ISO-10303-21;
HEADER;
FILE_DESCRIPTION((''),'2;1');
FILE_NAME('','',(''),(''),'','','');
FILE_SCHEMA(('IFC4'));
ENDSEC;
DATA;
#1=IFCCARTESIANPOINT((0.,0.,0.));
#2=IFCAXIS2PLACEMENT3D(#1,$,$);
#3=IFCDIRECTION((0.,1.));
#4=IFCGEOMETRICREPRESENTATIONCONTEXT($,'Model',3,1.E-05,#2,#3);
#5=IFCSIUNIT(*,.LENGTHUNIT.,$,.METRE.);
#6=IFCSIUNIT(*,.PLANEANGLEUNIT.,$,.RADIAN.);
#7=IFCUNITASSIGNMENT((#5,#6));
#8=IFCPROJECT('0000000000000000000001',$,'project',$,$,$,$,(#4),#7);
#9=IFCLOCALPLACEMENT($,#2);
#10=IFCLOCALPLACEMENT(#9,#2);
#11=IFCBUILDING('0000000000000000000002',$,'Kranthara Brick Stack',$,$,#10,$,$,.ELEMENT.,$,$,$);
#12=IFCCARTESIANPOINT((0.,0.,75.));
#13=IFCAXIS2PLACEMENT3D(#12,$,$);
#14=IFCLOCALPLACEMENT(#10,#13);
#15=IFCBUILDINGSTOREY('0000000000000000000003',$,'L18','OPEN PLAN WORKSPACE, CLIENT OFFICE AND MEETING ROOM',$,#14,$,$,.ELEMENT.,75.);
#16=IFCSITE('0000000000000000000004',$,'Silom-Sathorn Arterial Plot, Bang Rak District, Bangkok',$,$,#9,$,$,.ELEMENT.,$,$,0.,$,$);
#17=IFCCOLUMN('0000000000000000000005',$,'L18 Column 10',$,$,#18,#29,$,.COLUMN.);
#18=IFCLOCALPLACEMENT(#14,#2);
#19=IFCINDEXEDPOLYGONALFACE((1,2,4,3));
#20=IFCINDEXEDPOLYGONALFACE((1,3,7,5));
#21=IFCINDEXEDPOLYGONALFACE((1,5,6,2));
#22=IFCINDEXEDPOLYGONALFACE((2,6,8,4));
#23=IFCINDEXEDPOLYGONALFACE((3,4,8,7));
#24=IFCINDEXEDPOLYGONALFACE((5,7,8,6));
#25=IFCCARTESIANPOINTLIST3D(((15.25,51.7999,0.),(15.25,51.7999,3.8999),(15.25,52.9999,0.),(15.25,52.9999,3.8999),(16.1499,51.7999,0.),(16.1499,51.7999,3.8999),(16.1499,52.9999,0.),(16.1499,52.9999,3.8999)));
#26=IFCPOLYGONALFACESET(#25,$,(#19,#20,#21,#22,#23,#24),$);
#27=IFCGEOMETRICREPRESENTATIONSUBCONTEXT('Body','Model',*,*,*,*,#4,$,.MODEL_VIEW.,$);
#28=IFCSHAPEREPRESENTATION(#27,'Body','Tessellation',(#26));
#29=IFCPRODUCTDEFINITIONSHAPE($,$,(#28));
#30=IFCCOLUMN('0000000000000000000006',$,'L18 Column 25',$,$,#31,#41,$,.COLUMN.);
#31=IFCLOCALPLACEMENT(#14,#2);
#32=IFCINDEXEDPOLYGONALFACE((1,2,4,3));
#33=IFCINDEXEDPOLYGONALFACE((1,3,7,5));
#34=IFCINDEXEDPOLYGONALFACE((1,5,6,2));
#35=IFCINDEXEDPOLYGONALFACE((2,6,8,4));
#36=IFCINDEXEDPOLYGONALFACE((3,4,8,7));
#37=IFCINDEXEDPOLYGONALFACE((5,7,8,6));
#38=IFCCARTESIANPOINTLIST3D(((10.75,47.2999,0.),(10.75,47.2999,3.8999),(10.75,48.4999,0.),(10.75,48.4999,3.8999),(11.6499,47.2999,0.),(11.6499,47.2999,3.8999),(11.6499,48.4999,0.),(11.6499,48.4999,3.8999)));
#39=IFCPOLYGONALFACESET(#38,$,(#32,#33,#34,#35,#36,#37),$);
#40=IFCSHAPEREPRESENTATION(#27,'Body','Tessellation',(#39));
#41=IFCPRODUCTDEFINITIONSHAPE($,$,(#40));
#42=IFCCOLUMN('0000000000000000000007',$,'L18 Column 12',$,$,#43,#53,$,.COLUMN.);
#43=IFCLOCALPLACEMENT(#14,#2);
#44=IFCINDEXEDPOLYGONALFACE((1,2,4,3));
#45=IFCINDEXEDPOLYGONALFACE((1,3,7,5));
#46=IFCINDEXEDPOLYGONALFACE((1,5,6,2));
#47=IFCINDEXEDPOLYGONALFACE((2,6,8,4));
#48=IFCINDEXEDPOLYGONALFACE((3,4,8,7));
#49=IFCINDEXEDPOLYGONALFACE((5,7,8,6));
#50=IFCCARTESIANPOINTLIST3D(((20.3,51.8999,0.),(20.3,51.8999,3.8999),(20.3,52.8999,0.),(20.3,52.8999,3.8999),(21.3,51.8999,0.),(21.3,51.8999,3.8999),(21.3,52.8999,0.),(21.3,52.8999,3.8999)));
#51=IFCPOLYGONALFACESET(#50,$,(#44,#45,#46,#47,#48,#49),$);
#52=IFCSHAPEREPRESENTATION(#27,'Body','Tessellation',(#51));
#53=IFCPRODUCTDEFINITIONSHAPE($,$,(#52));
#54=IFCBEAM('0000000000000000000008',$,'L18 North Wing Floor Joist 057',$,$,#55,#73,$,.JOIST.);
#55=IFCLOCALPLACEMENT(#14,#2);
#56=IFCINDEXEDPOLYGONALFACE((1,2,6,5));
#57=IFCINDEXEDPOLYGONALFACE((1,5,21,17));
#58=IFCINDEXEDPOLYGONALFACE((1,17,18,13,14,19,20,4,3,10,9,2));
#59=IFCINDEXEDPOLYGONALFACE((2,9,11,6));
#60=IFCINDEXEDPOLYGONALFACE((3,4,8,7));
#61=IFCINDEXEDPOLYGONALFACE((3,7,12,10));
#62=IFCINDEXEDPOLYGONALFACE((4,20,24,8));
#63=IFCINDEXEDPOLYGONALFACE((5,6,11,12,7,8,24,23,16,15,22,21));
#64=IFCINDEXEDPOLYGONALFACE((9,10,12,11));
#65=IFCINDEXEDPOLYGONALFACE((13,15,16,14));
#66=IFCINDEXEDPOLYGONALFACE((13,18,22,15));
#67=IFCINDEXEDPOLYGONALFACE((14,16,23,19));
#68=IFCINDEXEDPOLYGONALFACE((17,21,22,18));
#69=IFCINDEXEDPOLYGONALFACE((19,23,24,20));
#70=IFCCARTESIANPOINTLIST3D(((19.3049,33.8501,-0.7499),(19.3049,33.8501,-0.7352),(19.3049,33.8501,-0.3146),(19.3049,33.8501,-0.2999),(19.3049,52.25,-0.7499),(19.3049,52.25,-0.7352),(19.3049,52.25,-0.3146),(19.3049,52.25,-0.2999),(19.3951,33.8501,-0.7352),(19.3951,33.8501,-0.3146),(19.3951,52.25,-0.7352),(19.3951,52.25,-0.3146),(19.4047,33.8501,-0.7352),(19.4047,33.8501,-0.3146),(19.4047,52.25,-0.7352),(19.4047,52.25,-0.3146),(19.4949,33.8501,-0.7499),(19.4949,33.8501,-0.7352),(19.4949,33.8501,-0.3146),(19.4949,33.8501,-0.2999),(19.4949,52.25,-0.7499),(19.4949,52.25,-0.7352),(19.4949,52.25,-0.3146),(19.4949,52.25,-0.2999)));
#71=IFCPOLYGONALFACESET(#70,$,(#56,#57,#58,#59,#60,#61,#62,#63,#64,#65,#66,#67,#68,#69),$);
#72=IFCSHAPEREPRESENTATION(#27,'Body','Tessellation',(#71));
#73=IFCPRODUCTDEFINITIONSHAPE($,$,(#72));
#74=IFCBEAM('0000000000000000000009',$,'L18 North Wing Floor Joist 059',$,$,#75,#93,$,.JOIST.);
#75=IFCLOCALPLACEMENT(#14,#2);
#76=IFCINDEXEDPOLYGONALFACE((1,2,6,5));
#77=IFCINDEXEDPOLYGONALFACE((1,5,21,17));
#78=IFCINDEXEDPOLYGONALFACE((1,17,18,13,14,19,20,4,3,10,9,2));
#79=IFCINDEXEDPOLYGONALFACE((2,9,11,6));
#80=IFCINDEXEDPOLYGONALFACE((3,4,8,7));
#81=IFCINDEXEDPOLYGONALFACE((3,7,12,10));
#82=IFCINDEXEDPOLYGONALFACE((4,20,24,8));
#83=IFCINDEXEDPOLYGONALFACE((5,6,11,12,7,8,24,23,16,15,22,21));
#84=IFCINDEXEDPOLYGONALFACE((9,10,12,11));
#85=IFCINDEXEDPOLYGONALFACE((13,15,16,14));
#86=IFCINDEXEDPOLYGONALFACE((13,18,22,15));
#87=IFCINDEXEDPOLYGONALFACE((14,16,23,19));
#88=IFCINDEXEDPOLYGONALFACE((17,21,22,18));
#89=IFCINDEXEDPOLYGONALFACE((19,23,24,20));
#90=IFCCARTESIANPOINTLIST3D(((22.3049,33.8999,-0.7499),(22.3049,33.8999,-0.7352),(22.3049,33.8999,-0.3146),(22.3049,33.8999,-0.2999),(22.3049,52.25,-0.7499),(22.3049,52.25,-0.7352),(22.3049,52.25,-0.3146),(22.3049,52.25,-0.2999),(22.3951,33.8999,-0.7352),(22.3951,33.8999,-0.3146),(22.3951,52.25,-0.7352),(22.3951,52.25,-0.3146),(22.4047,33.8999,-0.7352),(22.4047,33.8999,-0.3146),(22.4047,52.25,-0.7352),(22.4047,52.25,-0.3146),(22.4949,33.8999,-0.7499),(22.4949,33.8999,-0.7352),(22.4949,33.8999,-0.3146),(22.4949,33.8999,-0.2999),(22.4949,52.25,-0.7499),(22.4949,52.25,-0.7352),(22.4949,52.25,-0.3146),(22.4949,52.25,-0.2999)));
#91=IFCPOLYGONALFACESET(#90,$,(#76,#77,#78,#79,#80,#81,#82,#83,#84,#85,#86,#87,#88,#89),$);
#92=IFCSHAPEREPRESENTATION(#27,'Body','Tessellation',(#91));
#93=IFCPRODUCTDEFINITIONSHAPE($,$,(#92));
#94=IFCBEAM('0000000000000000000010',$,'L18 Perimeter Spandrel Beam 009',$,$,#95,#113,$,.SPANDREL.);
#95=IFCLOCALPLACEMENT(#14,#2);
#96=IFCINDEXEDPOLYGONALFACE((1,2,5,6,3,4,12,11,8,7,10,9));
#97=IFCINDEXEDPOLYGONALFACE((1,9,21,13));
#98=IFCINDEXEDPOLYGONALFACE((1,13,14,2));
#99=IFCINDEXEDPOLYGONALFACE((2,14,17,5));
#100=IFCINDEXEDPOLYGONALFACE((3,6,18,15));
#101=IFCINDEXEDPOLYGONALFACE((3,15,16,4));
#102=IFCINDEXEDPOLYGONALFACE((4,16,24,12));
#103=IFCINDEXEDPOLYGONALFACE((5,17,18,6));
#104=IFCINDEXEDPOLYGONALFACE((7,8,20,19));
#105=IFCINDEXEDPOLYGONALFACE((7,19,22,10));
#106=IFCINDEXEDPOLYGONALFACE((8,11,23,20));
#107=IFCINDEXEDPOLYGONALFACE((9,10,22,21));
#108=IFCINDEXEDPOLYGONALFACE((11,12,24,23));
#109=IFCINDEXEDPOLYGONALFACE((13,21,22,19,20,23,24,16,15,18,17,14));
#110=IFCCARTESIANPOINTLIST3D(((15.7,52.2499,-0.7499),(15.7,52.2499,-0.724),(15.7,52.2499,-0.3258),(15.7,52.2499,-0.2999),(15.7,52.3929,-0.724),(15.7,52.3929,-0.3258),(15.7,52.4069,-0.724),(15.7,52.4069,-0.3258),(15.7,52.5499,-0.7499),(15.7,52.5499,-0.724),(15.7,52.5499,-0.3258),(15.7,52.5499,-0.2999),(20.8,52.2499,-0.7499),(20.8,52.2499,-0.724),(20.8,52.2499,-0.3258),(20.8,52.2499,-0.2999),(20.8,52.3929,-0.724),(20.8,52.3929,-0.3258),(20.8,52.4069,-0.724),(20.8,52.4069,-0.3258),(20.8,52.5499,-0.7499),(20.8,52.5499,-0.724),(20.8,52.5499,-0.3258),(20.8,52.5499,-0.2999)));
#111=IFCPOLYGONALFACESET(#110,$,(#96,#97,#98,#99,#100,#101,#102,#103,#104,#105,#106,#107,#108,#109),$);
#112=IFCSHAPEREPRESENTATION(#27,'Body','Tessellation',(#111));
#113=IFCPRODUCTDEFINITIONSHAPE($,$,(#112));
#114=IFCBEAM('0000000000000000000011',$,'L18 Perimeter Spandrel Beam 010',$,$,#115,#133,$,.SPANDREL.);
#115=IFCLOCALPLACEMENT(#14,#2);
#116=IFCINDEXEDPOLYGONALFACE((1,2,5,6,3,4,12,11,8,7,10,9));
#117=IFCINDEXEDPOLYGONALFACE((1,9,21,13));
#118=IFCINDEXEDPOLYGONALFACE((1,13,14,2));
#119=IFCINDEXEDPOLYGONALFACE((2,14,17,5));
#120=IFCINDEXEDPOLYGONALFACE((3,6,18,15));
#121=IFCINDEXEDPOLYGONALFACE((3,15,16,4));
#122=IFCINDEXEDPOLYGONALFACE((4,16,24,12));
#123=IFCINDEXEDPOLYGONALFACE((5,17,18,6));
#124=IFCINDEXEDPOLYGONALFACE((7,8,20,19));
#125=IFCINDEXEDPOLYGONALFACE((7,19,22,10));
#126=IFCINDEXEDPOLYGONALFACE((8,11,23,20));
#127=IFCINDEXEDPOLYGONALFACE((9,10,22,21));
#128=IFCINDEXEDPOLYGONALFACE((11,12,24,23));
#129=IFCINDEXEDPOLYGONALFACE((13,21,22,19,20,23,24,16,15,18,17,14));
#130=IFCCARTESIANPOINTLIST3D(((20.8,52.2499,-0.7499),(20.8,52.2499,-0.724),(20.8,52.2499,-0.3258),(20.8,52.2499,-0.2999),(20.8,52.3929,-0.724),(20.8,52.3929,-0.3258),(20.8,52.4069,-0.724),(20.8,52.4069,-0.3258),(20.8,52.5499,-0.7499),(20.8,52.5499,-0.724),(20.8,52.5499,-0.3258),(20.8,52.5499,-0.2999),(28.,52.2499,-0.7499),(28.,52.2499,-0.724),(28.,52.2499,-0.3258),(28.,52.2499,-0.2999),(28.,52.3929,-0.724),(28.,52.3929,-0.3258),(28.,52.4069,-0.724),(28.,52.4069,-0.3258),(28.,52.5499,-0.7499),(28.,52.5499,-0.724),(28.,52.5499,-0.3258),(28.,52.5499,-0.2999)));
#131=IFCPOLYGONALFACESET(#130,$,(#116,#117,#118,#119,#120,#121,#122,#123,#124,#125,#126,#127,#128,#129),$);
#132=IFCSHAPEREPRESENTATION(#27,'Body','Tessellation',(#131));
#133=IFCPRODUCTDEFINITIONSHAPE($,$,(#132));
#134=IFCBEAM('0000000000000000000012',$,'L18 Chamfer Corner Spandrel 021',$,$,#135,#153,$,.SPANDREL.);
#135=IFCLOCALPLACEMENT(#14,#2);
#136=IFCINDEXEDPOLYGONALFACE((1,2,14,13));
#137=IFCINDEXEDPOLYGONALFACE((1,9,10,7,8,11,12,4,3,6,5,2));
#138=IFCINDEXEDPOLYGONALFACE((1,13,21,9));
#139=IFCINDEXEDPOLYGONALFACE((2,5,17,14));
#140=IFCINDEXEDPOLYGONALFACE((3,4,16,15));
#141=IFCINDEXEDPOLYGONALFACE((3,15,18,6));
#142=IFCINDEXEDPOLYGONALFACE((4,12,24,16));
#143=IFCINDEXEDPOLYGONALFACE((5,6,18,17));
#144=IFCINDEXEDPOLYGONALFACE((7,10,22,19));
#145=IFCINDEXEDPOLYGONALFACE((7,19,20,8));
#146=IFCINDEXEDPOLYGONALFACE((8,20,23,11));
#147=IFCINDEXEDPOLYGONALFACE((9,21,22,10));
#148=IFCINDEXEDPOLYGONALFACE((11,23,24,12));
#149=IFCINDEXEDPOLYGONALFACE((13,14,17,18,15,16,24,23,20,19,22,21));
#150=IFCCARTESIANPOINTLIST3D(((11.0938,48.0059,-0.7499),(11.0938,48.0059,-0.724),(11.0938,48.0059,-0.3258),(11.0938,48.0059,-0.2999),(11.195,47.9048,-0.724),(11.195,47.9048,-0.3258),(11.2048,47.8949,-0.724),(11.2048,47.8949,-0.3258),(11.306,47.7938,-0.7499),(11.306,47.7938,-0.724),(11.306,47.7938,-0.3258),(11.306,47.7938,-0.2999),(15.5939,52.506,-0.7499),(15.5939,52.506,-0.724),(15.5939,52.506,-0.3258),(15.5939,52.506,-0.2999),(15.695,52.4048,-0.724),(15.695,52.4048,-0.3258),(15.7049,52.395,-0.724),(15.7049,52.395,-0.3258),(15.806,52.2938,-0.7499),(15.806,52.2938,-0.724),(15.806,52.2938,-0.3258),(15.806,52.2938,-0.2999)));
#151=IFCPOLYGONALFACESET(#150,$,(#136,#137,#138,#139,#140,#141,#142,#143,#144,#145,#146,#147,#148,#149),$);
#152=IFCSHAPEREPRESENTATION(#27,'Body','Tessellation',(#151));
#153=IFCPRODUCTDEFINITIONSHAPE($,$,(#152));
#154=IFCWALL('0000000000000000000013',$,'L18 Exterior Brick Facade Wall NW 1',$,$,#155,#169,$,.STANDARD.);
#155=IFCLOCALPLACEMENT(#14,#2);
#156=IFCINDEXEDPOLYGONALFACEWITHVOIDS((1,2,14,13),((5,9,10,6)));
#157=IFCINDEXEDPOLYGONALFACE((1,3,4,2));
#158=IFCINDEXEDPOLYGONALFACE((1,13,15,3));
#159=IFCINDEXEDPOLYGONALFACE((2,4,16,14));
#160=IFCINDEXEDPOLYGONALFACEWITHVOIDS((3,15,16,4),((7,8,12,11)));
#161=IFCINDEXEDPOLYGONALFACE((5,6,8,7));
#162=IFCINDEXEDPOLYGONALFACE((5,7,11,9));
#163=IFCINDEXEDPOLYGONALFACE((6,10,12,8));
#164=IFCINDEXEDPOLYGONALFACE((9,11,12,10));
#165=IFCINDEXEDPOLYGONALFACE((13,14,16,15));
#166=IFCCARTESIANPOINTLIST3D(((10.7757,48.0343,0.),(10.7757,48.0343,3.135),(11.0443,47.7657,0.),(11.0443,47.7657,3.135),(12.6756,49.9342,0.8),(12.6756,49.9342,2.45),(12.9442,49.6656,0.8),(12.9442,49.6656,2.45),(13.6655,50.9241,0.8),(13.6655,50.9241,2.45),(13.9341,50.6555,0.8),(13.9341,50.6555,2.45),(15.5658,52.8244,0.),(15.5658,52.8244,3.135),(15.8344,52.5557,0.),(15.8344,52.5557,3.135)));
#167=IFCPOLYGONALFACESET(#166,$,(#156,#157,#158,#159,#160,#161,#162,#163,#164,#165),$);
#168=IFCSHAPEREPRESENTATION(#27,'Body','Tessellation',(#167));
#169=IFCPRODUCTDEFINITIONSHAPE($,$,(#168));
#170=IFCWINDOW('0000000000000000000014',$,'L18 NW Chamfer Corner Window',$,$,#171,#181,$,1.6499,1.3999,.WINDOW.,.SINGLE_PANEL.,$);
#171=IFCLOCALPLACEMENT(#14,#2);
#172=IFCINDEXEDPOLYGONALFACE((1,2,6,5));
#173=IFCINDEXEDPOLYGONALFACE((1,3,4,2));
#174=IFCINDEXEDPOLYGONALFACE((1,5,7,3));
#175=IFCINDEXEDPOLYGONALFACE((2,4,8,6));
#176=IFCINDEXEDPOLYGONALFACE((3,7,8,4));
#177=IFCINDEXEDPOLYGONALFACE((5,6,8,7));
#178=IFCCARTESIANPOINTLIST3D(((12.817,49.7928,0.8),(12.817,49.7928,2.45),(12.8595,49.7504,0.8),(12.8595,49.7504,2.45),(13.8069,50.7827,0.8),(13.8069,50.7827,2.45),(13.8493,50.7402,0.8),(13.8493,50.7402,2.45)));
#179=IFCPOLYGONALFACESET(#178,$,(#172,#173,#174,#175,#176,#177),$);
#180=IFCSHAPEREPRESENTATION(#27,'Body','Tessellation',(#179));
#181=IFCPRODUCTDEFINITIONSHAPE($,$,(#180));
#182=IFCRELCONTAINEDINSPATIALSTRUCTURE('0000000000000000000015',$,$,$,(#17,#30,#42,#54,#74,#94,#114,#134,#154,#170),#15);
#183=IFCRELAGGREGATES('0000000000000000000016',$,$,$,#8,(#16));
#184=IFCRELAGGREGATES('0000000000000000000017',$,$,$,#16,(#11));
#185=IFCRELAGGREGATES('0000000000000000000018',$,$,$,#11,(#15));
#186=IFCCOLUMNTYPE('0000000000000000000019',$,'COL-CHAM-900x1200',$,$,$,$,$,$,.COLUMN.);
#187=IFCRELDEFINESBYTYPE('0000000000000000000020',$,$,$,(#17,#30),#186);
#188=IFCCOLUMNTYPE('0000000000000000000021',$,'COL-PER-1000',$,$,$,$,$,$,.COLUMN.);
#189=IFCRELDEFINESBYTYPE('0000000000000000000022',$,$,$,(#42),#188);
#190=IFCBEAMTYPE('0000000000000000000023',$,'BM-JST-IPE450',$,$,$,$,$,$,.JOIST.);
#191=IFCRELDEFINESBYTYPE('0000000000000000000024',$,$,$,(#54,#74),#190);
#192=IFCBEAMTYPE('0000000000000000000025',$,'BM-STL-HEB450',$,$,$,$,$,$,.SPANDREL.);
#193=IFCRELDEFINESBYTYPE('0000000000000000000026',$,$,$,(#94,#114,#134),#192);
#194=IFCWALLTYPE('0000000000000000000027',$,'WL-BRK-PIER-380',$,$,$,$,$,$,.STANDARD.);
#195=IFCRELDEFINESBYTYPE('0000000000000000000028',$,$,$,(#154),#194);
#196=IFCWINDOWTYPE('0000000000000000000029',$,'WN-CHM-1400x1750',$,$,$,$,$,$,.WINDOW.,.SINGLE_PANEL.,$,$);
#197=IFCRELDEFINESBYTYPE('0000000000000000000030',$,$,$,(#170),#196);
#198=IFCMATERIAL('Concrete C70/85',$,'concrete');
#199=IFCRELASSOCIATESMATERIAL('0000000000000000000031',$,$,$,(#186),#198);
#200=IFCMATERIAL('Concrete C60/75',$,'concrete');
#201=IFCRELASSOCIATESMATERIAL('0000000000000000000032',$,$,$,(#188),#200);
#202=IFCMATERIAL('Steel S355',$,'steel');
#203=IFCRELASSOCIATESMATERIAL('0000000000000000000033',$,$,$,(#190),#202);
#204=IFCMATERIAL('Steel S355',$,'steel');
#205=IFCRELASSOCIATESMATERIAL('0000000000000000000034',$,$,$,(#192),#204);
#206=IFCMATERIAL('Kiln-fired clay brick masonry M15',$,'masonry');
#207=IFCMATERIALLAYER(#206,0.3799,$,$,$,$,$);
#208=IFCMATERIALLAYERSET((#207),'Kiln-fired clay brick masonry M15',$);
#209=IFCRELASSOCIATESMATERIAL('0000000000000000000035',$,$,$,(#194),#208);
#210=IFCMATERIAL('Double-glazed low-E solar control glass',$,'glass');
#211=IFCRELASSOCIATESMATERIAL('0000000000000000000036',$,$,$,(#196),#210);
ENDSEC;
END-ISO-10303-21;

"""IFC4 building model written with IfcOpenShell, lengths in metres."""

from ifc_helpers import new_model, si_unit, direction, frame, frame_2d, origin, origin_2d, place, context, subcontext, project, spatial, rectangle, i_section, extrude, material, layer, layer_set, material_profile, profile_set, type_object, element, fill, save


model = new_model("IFC4")

# Units and contexts
model_context = context("Model", 3, precision=1e-05, world=origin(), true_north=direction((0.0, 1.0)))
body_context = subcontext(model_context, "Body", "Model", "MODEL_VIEW")
ifc_project = project(units=[si_unit("LENGTHUNIT", "METRE"), si_unit("PLANEANGLEUNIT", "RADIAN")], contexts=[model_context])

# Site, building, storey
site_placement = place(None, origin())
site = spatial("IfcSite", under=ifc_project, at=site_placement, Name="Silom-Sathorn Arterial Plot, Bang Rak District, Bangkok", CompositionType="ELEMENT", RefElevation=0.0)
building_placement = place(site_placement, origin())
building = spatial("IfcBuilding", under=site, at=building_placement, Name="Kranthara Brick Stack", CompositionType="ELEMENT")
storey_placement = place(building_placement, frame((0.0, 0.0, 75.0)))
storey = spatial("IfcBuildingStorey", under=building, at=storey_placement, Name="L18", Description="OPEN PLAN WORKSPACE, CLIENT OFFICE AND MEETING ROOM", CompositionType="ELEMENT", Elevation=75.0)

# Columns
ifc_material_1 = material(Name="Concrete C70/85", Category="concrete")
ifc_material_profile_1 = material_profile(ifc_material_1, rectangle(XDim=0.8999, YDim=1.2, at=origin_2d()), Name="RC 900x1200")
ifc_profile_set_1 = profile_set([ifc_material_profile_1], Name="Concrete C70/85")
column_type_1 = type_object("IfcColumnType", Name="COL-CHAM-900x1200", PredefinedType="COLUMN", material=ifc_profile_set_1)
for number, where, z_axis, x_axis, name in (
    (1, (15.7, 52.3999, 0.0), (0.0, 0.0, 1.0), (1.0, 0.0, 0.0), "L18 Column 10"),
    (2, (11.2, 47.8999, 0.0), (0.0, 0.0, 1.0), (1.0, 0.0, 0.0), "L18 Column 25"),
):
    element("IfcColumn", number, at=place(storey_placement, frame(where, z_axis=z_axis, x_axis=x_axis)), inside=storey, type_object=column_type_1, Name=name, PredefinedType="COLUMN", context=body_context, shape_type="SweptSolid", body=[
        extrude(rectangle(XDim=0.8999, YDim=1.2, at=origin_2d()), origin(), (0.0, 0.0, 1.0), 3.8999),
    ])
ifc_material_2 = material(Name="Concrete C60/75", Category="concrete")
ifc_material_profile_2 = material_profile(ifc_material_2, rectangle(XDim=1.0, YDim=1.0, at=origin_2d()), Name="RC 1000x1000")
ifc_profile_set_2 = profile_set([ifc_material_profile_2], Name="Concrete C60/75")
column_type_2 = type_object("IfcColumnType", Name="COL-PER-1000", PredefinedType="COLUMN", material=ifc_profile_set_2)
column_placement = place(storey_placement, frame((20.8, 52.3999, 0.0), z_axis=(0.0, 0.0, 1.0), x_axis=(1.0, 0.0, 0.0)))
element("IfcColumn", 3, at=column_placement, inside=storey, type_object=column_type_2, Name="L18 Column 12", PredefinedType="COLUMN", context=body_context, shape_type="SweptSolid", body=[
    extrude(rectangle(XDim=1.0, YDim=1.0, at=origin_2d()), origin(), (0.0, 0.0, 1.0), 3.8999),
])

# Beams
ifc_material_3 = material(Name="Steel S355", Category="steel")
ifc_material_profile_3 = material_profile(ifc_material_3, i_section(OverallWidth=0.1899, OverallDepth=0.45, WebThickness=0.0095, FlangeThickness=0.0146, at=origin_2d()), Name="IPE 450")
ifc_profile_set_3 = profile_set([ifc_material_profile_3], Name="Steel S355")
beam_type_1 = type_object("IfcBeamType", Name="BM-JST-IPE450", PredefinedType="JOIST", material=ifc_profile_set_3)
beam_1_placement = place(storey_placement, frame((19.3999, 33.8501, -0.5249), z_axis=(0.0, 1.0, 0.0), x_axis=(-1.0, 0.0, 0.0)))
element("IfcBeam", 4, at=beam_1_placement, inside=storey, type_object=beam_type_1, Name="L18 North Wing Floor Joist 057", PredefinedType="JOIST", context=body_context, shape_type="SweptSolid", body=[
    extrude(i_section(OverallWidth=0.1899, OverallDepth=0.45, WebThickness=0.0095, FlangeThickness=0.0146, at=origin_2d()), origin(), (0.0, 0.0, 1.0), 18.3999),
])
beam_2_placement = place(storey_placement, frame((22.3999, 33.8999, -0.5249), z_axis=(0.0, 1.0, 0.0), x_axis=(-1.0, 0.0, 0.0)))
element("IfcBeam", 5, at=beam_2_placement, inside=storey, type_object=beam_type_1, Name="L18 North Wing Floor Joist 059", PredefinedType="JOIST", context=body_context, shape_type="SweptSolid", body=[
    extrude(i_section(OverallWidth=0.1899, OverallDepth=0.45, WebThickness=0.0095, FlangeThickness=0.0146, at=origin_2d()), origin(), (0.0, 0.0, 1.0), 18.3501),
])
ifc_material_4 = material(Name="Steel S355", Category="steel")
ifc_material_profile_4 = material_profile(ifc_material_4, i_section(OverallWidth=0.3, OverallDepth=0.45, WebThickness=0.0139, FlangeThickness=0.0259, at=origin_2d()), Name="HEB 450")
ifc_profile_set_4 = profile_set([ifc_material_profile_4], Name="Steel S355")
beam_type_2 = type_object("IfcBeamType", Name="BM-STL-HEB450", PredefinedType="SPANDREL", material=ifc_profile_set_4)
beam_3_placement = place(storey_placement, frame((15.7, 52.3999, -0.5249), z_axis=(1.0, 0.0, 0.0), x_axis=(0.0, 1.0, 0.0)))
element("IfcBeam", 6, at=beam_3_placement, inside=storey, type_object=beam_type_2, Name="L18 Perimeter Spandrel Beam 009", PredefinedType="SPANDREL", context=body_context, shape_type="SweptSolid", body=[
    extrude(i_section(OverallWidth=0.3, OverallDepth=0.45, WebThickness=0.0139, FlangeThickness=0.0259, at=origin_2d()), origin(), (0.0, 0.0, 1.0), 5.1001),
])
beam_4_placement = place(storey_placement, frame((20.8, 52.3999, -0.5249), z_axis=(1.0, 0.0, 0.0), x_axis=(0.0, 1.0, 0.0)))
element("IfcBeam", 7, at=beam_4_placement, inside=storey, type_object=beam_type_2, Name="L18 Perimeter Spandrel Beam 010", PredefinedType="SPANDREL", context=body_context, shape_type="SweptSolid", body=[
    extrude(i_section(OverallWidth=0.3, OverallDepth=0.45, WebThickness=0.0139, FlangeThickness=0.0259, at=origin_2d()), origin(), (0.0, 0.0, 1.0), 7.2),
])
beam_5_placement = place(storey_placement, frame((15.7, 52.3999, -0.5249), z_axis=(-0.707107, -0.707107, 0.0), x_axis=(0.707107, -0.707107, 0.0)))
element("IfcBeam", 8, at=beam_5_placement, inside=storey, type_object=beam_type_2, Name="L18 Chamfer Corner Spandrel 021", PredefinedType="SPANDREL", context=body_context, shape_type="SweptSolid", body=[
    extrude(i_section(OverallWidth=0.3, OverallDepth=0.45, WebThickness=0.0139, FlangeThickness=0.0259, at=origin_2d()), origin(), (0.0, 0.0, 1.0), 6.364),
])

# Wall, opening, window
ifc_material_5 = material(Name="Kiln-fired clay brick masonry M15", Category="masonry")
ifc_layer_1 = layer(ifc_material_5, 0.3799)
ifc_layer_set_1 = layer_set([ifc_layer_1], Name="Kiln-fired clay brick masonry M15")
wall_type_1 = type_object("IfcWallType", Name="WL-BRK-PIER-380", PredefinedType="STANDARD", material=ifc_layer_set_1)
wall_1_placement = place(storey_placement, frame((10.9099, 47.8999, 0.0), z_axis=(0.0, 0.0, 1.0), x_axis=(0.707107, 0.707107, 0.0)))
wall_1 = element("IfcWall", 9, at=wall_1_placement, inside=storey, type_object=wall_type_1, Name="L18 Exterior Brick Facade Wall NW 1", PredefinedType="STANDARD", context=body_context, shape_type="SweptSolid", body=[
    extrude(rectangle(XDim=6.7742, YDim=0.3799, at=frame_2d((3.3872, 0.0))), origin(), (0.0, 0.0, 1.0), 3.135),
])
opening_1_placement = place(wall_1_placement, frame((2.687, 0.0, 0.8)))
opening_1 = element("IfcOpeningElement", 10, at=opening_1_placement, cuts=wall_1, PredefinedType="OPENING", context=body_context, shape_type="SweptSolid", body=[
    extrude(rectangle(XDim=1.3999, YDim=1.6499, at=frame_2d((0.7, 0.825))), frame((0.0, 0.2, 0.0), z_axis=(0.0, -1.0, 0.0), x_axis=(1.0, 0.0, 0.0)), (0.0, 0.0, 1.0), 0.3999),
])
ifc_material_6 = material(Name="Double-glazed low-E solar control glass", Category="glass")
window_type_1 = type_object("IfcWindowType", Name="WN-CHM-1400x1750", PartitioningType="SINGLE_PANEL", PredefinedType="WINDOW", material=ifc_material_6)
window_1_placement = place(opening_1_placement, origin())
window_1 = element("IfcWindow", 11, at=window_1_placement, inside=storey, type_object=window_type_1, Name="L18 NW Chamfer Corner Window", OverallHeight=1.6499, OverallWidth=1.3999, PartitioningType="SINGLE_PANEL", PredefinedType="WINDOW", context=body_context, shape_type="SweptSolid", body=[
    extrude(rectangle(XDim=1.3999, YDim=1.6499, at=frame_2d((0.7, 0.825))), frame((0.0, -0.01, 0.0), z_axis=(0.0, -1.0, 0.0), x_axis=(1.0, 0.0, 0.0)), (0.0, 0.0, 1.0), 0.0601),
])
fill(opening_1, window_1)

save(model, "model.ifc")
